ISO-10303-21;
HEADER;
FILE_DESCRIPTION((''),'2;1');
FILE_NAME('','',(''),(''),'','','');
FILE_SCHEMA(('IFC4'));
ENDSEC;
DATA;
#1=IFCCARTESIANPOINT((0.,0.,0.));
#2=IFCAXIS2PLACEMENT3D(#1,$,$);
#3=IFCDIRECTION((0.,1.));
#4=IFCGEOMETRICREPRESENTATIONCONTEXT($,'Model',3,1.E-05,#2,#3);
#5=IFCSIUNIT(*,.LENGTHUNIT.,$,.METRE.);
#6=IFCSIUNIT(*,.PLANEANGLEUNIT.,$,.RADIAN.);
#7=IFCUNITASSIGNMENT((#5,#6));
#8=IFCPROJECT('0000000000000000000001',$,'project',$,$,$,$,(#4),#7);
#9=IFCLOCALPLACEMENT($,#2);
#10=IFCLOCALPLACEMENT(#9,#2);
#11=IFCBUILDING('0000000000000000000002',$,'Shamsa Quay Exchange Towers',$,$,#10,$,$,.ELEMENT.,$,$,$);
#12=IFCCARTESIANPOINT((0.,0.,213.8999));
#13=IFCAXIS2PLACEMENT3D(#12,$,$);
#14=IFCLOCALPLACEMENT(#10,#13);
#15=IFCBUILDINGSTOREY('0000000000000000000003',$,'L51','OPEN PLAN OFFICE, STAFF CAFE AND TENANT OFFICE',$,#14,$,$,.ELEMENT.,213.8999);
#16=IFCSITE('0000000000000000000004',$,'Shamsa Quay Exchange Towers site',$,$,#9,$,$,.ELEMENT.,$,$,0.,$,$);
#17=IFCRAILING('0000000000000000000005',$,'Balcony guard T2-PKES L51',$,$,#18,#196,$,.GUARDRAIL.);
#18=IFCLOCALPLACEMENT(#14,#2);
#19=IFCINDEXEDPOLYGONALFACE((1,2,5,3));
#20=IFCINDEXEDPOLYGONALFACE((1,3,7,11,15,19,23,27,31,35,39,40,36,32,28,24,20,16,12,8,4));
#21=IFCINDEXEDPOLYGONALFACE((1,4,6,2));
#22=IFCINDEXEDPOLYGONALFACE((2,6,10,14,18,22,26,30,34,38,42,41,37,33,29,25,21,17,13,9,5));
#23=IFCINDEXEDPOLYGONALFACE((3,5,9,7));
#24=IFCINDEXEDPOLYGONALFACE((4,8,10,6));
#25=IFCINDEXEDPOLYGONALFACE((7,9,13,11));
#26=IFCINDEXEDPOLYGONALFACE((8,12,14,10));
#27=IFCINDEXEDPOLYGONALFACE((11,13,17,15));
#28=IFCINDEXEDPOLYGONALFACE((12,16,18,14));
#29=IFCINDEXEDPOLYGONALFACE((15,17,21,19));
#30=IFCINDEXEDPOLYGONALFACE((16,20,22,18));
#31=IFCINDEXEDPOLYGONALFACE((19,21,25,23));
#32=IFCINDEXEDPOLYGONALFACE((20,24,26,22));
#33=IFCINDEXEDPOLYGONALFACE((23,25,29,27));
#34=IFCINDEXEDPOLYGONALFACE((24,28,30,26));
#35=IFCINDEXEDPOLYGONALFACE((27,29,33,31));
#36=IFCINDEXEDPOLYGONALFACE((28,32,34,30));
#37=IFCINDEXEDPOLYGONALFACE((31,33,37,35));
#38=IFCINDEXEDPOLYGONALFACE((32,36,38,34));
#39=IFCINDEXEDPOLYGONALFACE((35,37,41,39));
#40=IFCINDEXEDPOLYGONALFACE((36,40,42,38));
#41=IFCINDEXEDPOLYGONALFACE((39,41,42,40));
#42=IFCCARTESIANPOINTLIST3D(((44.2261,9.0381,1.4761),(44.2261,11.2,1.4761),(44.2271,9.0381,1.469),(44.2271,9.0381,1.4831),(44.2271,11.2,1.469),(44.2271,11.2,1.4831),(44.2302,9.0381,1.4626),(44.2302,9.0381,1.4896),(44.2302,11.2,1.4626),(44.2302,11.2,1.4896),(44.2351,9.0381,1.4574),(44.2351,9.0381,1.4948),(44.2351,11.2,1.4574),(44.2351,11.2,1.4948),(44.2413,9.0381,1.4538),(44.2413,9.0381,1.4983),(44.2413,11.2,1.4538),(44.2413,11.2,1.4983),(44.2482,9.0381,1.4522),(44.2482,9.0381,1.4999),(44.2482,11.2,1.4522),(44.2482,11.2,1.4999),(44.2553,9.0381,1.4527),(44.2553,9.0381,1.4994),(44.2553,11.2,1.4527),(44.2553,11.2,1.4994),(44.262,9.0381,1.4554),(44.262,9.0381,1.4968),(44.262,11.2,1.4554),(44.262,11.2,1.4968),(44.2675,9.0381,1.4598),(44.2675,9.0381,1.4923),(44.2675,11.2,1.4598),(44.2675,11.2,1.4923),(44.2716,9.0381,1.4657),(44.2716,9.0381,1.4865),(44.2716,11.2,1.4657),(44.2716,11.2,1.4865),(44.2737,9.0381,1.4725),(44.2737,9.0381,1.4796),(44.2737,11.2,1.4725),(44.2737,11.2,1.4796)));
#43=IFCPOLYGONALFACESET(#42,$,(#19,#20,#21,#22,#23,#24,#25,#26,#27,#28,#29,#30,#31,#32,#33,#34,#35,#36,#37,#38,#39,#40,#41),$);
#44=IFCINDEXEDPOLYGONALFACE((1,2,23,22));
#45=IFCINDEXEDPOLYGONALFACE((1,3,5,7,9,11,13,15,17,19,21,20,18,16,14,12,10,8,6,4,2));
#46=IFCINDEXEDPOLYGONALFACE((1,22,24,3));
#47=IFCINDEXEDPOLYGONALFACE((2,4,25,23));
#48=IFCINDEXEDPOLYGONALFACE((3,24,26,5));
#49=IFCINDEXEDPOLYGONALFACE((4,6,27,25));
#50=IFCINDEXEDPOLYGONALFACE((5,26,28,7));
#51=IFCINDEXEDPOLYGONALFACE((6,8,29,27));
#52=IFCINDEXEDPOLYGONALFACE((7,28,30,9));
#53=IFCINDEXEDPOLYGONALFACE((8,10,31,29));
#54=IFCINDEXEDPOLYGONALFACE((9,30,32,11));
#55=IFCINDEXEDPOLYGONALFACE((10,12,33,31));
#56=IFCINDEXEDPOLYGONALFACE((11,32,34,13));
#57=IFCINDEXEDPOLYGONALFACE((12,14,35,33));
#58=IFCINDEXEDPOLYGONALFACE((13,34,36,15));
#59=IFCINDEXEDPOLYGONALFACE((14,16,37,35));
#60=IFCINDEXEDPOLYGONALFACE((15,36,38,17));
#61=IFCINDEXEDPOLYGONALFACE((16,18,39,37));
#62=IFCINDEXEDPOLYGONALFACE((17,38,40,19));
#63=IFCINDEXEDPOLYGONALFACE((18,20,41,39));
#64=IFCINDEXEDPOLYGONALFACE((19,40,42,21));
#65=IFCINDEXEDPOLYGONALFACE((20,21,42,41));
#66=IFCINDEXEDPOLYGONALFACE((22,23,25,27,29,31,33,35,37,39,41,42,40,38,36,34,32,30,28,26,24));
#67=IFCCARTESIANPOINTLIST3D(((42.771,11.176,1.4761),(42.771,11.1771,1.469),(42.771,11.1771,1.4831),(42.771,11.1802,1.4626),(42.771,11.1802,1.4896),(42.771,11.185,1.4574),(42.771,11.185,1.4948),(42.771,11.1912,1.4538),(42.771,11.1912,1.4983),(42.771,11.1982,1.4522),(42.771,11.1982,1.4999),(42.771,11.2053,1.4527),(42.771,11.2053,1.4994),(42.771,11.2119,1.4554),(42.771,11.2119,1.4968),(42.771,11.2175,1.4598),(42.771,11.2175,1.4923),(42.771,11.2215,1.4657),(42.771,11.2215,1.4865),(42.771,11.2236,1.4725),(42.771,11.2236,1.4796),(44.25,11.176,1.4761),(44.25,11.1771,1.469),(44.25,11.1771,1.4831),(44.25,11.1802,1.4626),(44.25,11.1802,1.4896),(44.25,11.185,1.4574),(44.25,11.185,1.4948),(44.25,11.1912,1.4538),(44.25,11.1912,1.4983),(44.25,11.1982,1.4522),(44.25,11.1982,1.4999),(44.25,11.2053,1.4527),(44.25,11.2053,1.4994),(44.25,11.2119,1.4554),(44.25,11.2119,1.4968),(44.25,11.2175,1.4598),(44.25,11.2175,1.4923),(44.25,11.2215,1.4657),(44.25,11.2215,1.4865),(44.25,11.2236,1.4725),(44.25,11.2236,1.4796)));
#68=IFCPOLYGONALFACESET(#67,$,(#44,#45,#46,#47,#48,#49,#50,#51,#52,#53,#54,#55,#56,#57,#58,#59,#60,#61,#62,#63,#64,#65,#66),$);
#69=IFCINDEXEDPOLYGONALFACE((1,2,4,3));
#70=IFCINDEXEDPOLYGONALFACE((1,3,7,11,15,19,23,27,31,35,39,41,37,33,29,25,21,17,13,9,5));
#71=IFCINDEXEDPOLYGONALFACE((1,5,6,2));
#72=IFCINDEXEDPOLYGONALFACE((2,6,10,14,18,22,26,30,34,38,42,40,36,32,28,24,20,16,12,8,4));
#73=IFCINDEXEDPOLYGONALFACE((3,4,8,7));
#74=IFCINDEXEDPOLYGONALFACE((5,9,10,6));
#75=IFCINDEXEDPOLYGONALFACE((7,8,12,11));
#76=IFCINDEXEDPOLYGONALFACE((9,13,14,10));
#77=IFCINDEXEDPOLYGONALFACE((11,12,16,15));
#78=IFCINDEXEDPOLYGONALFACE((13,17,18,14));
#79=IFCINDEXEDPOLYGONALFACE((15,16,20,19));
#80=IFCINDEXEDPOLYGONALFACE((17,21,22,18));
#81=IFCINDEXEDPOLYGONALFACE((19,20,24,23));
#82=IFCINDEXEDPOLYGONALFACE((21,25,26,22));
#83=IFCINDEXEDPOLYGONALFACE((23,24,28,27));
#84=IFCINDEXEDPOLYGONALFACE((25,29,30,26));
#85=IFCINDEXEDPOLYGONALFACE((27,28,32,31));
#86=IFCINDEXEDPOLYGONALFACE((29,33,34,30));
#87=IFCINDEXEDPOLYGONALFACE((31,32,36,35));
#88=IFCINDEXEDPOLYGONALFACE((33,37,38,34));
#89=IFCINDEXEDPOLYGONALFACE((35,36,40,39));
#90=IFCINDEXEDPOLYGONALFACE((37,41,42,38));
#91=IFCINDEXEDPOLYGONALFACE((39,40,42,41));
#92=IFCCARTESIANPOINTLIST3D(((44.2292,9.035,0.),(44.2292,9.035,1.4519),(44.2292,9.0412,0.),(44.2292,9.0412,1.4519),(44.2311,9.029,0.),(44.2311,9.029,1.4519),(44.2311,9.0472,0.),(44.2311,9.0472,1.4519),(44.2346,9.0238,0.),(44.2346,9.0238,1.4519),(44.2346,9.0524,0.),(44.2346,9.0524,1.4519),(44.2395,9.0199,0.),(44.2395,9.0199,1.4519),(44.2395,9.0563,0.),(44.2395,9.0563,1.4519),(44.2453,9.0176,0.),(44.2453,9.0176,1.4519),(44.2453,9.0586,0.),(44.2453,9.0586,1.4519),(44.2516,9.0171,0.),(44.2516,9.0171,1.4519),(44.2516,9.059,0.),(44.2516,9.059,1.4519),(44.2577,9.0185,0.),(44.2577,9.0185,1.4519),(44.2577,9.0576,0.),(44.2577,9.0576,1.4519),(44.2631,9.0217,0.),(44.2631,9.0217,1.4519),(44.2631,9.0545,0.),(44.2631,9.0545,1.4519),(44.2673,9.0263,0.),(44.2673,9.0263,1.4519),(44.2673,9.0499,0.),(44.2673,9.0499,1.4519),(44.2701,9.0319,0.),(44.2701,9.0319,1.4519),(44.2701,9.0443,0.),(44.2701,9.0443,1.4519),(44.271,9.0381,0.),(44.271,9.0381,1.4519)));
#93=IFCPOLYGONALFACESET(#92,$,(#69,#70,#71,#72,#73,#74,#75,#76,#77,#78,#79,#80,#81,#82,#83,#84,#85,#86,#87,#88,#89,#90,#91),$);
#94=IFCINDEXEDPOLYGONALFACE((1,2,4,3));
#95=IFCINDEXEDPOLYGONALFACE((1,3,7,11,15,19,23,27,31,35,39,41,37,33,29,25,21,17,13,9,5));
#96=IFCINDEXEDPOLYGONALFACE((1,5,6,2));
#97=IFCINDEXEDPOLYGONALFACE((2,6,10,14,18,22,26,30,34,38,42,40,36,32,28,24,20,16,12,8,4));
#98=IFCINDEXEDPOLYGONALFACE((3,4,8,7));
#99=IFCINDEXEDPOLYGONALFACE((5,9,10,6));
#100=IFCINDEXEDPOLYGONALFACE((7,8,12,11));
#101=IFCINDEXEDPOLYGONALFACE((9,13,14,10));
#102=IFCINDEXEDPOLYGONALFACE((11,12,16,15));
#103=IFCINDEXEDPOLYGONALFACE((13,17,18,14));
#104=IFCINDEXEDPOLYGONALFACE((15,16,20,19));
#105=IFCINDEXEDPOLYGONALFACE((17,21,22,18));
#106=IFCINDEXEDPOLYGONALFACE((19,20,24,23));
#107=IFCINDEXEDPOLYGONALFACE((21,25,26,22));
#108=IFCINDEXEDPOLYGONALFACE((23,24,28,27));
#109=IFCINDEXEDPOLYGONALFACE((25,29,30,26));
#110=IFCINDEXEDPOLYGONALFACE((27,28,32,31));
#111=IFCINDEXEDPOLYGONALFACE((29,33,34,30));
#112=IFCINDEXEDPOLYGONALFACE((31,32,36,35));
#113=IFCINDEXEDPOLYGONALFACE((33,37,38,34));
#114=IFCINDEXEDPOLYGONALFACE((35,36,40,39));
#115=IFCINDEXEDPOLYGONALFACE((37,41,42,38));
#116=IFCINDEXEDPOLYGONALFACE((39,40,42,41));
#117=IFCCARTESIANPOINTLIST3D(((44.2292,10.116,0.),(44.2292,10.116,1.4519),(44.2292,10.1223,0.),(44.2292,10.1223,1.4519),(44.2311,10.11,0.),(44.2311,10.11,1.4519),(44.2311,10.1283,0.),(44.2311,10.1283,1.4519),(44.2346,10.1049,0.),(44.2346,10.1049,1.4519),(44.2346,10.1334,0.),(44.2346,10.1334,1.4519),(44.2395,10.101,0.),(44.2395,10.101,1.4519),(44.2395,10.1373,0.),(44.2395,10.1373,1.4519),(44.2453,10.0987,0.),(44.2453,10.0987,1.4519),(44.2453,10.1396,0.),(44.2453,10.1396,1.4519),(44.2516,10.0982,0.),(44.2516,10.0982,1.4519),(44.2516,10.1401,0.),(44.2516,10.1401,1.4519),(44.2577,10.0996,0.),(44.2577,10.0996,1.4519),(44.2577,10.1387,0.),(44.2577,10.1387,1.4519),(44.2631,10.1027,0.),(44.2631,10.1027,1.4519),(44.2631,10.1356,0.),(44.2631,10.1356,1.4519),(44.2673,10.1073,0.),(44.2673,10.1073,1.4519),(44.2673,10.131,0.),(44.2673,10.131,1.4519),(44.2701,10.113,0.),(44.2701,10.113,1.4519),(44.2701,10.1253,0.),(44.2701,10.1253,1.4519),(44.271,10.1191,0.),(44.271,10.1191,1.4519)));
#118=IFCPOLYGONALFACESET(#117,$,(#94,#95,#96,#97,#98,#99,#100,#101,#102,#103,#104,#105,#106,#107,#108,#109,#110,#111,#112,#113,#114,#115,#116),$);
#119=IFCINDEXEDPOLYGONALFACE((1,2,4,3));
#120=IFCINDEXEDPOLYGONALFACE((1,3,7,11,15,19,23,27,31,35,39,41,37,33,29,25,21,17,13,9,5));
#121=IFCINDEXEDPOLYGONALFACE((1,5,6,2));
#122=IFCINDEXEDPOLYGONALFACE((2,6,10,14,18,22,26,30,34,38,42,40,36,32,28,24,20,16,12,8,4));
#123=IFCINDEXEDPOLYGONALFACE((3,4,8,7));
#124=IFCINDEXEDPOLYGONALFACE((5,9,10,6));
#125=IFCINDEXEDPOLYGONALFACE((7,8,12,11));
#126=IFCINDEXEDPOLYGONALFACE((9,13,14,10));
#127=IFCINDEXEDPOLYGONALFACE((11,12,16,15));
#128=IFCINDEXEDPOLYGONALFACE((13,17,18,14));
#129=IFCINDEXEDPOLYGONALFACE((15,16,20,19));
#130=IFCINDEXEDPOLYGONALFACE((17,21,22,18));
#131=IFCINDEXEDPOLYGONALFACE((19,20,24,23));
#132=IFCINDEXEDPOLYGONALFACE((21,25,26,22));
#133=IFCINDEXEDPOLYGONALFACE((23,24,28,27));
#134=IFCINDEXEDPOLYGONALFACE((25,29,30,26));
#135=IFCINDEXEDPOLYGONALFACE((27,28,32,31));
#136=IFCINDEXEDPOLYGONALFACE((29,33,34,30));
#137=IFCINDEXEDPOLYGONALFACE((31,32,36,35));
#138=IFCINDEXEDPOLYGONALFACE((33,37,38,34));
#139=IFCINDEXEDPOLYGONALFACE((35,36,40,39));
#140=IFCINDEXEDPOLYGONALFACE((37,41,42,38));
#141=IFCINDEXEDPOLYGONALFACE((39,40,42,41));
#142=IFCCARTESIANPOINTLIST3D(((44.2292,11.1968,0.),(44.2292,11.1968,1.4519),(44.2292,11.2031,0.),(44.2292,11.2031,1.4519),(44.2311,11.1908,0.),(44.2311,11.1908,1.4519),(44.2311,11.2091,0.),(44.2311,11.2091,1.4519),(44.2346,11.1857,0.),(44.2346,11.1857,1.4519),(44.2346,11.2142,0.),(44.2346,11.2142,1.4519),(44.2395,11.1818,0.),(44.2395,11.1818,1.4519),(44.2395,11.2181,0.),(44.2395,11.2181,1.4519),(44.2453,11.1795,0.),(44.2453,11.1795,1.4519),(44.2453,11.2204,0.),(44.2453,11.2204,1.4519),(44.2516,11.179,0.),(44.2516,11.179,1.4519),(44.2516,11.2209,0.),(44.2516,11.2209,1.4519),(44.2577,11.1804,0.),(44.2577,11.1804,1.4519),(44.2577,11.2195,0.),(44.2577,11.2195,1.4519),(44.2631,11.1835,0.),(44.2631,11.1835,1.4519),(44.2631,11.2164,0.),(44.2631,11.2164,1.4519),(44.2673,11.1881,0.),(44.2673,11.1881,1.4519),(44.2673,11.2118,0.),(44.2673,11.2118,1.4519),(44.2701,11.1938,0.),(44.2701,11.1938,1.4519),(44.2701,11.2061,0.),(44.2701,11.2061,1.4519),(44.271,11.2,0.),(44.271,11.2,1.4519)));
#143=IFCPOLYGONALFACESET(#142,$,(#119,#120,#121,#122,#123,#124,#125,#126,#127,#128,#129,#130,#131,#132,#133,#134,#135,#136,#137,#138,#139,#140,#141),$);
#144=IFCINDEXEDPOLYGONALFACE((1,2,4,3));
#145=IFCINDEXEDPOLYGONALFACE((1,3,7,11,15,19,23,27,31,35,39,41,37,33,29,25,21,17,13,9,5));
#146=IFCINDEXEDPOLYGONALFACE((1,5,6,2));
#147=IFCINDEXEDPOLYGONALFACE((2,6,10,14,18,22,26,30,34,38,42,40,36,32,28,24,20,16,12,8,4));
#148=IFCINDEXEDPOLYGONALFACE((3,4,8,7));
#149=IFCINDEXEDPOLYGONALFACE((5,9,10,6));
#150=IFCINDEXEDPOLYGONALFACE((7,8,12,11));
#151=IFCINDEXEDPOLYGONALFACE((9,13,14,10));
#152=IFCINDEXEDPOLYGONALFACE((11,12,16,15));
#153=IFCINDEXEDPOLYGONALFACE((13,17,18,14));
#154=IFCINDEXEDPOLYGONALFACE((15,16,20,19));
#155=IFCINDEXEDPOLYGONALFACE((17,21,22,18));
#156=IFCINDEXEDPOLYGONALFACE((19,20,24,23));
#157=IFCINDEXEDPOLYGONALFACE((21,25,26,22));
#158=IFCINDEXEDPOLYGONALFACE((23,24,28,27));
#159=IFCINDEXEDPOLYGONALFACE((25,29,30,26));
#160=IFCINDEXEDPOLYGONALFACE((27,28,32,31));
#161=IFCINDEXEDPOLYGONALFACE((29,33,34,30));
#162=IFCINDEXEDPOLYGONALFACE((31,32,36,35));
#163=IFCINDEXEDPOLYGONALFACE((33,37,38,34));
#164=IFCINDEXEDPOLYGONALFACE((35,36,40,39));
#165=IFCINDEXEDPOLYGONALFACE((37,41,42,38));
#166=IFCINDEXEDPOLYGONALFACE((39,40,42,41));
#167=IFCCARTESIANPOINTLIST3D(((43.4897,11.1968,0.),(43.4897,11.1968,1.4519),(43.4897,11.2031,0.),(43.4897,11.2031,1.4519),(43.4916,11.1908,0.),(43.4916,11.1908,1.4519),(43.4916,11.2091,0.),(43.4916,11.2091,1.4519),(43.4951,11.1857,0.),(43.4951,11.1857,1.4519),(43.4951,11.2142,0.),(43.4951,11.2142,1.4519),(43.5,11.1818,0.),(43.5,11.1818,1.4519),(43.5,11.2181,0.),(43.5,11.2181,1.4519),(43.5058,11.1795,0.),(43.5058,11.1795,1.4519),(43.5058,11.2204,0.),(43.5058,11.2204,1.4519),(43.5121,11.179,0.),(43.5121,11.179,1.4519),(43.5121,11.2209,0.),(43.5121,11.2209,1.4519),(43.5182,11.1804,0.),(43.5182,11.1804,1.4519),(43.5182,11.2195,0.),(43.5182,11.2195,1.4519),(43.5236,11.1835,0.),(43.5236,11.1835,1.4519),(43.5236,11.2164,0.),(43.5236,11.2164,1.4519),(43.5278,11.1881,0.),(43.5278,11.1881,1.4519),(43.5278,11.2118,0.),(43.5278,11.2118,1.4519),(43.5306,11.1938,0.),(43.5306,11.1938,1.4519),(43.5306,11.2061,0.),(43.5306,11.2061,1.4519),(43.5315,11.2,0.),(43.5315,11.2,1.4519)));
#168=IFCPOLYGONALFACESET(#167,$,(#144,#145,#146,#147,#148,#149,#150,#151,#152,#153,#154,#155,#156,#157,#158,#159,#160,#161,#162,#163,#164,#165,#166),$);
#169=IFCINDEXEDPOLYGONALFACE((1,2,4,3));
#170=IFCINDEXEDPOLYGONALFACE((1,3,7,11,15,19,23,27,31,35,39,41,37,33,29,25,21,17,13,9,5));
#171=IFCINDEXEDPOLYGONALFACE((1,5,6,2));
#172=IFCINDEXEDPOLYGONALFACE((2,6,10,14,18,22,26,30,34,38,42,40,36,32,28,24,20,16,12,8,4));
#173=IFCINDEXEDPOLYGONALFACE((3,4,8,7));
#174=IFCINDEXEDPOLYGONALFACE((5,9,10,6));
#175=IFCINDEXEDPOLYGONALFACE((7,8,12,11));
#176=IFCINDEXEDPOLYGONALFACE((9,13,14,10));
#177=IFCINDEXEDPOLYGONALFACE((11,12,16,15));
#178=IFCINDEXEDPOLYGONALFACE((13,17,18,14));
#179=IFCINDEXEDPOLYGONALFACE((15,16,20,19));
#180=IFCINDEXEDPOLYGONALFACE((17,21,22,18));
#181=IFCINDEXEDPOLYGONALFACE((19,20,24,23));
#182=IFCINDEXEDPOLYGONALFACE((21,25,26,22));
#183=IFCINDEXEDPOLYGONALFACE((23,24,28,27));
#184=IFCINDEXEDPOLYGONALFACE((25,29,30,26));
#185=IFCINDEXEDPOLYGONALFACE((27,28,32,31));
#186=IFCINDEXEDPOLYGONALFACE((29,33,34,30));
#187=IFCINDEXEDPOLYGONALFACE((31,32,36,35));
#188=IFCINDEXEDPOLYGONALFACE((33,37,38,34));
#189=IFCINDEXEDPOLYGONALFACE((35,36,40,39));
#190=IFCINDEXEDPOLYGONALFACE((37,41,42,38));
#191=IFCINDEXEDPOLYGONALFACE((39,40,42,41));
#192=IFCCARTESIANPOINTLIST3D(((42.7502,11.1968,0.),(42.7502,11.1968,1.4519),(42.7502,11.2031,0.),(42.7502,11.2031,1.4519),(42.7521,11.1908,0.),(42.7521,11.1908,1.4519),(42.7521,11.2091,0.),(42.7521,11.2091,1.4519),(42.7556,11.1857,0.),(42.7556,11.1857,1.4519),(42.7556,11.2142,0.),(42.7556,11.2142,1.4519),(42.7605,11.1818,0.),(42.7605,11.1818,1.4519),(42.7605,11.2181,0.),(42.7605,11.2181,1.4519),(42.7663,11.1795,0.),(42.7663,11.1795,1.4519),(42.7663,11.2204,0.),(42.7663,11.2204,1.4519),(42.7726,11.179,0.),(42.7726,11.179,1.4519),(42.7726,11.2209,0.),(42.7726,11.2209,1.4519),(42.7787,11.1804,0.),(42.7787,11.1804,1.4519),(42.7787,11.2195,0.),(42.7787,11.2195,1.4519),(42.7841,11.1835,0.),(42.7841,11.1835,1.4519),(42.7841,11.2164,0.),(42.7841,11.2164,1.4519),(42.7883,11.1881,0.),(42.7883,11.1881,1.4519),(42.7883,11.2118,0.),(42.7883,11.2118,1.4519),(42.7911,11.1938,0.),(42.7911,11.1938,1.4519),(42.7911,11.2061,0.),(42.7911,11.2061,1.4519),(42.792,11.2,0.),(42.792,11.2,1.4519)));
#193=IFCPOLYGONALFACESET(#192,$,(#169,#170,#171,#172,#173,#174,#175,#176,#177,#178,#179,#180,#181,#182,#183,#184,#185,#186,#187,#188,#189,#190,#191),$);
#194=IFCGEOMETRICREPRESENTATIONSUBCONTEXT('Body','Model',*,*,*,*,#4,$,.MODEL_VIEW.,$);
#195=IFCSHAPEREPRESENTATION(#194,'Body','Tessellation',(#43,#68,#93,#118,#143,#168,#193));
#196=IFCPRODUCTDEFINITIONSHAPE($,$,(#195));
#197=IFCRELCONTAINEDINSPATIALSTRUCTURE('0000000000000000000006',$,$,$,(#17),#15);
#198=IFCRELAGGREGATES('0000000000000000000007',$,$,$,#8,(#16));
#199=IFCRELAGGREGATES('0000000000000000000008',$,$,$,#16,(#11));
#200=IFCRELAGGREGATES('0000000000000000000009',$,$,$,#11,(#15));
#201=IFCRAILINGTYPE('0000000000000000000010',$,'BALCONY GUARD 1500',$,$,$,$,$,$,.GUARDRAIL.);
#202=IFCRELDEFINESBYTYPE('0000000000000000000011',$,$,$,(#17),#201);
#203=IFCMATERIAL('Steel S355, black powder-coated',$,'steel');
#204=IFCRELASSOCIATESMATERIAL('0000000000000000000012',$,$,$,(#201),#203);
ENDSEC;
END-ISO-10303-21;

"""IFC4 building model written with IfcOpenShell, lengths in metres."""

from ifc_helpers import new_model, si_unit, direction, frame, origin, origin_2d, place, context, subcontext, project, spatial, circle, extrude, material, type_object, element, save


model = new_model("IFC4")

# Units and contexts
model_context = context("Model", 3, precision=1e-05, world=origin(), true_north=direction((0.0, 1.0)))
body_context = subcontext(model_context, "Body", "Model", "MODEL_VIEW")
ifc_project = project(units=[si_unit("LENGTHUNIT", "METRE"), si_unit("PLANEANGLEUNIT", "RADIAN")], contexts=[model_context])

# Site, building, storey
site_placement = place(None, origin())
site = spatial("IfcSite", under=ifc_project, at=site_placement, Name="Shamsa Quay Exchange Towers site", CompositionType="ELEMENT", RefElevation=0.0)
building_placement = place(site_placement, origin())
building = spatial("IfcBuilding", under=site, at=building_placement, Name="Shamsa Quay Exchange Towers", CompositionType="ELEMENT")
storey_placement = place(building_placement, frame((0.0, 0.0, 213.8999)))
storey = spatial("IfcBuildingStorey", under=building, at=storey_placement, Name="L51", Description="OPEN PLAN OFFICE, STAFF CAFE AND TENANT OFFICE", CompositionType="ELEMENT", Elevation=213.8999)

# Railing
ifc_material_1 = material(Name="Steel S355, black powder-coated", Category="steel")
railing_type_1 = type_object("IfcRailingType", Name="BALCONY GUARD 1500", PredefinedType="GUARDRAIL", material=ifc_material_1)
for number, where, name in (
    (1, (44.25, 9.0381, 0.0), "Balcony guard T2-PKES L51"),
):
    element("IfcRailing", number, at=place(storey_placement, frame(where)), inside=storey, type_object=railing_type_1, Name=name, PredefinedType="GUARDRAIL", context=body_context, shape_type="SweptSolid", body=[
        extrude(circle(Radius=0.0239, at=origin_2d()), frame((0.0, 0.0, 1.4761), z_axis=(0.0, 1.0, 0.0), x_axis=(-1.0, 0.0, 0.0)), (0.0, 0.0, 1.0), 2.1619),
        extrude(circle(Radius=0.0239, at=origin_2d()), frame((0.0, 2.1619, 1.4761), z_axis=(-1.0, 0.0, 0.0), x_axis=(0.0, -1.0, 0.0)), (0.0, 0.0, 1.0), 1.479),
        extrude(circle(Radius=0.021, at=origin_2d()), origin(), (0.0, 0.0, 1.0), 1.4519),
        extrude(circle(Radius=0.021, at=origin_2d()), frame((0.0, 1.0811, 0.0)), (0.0, 0.0, 1.0), 1.4519),
        extrude(circle(Radius=0.021, at=origin_2d()), frame((0.0, 2.1619, 0.0)), (0.0, 0.0, 1.0), 1.4519),
        extrude(circle(Radius=0.021, at=origin_2d()), frame((-0.7395, 2.1619, 0.0)), (0.0, 0.0, 1.0), 1.4519),
        extrude(circle(Radius=0.021, at=origin_2d()), frame((-1.479, 2.1619, 0.0)), (0.0, 0.0, 1.0), 1.4519),
    ])

save(model, "model.ifc")
